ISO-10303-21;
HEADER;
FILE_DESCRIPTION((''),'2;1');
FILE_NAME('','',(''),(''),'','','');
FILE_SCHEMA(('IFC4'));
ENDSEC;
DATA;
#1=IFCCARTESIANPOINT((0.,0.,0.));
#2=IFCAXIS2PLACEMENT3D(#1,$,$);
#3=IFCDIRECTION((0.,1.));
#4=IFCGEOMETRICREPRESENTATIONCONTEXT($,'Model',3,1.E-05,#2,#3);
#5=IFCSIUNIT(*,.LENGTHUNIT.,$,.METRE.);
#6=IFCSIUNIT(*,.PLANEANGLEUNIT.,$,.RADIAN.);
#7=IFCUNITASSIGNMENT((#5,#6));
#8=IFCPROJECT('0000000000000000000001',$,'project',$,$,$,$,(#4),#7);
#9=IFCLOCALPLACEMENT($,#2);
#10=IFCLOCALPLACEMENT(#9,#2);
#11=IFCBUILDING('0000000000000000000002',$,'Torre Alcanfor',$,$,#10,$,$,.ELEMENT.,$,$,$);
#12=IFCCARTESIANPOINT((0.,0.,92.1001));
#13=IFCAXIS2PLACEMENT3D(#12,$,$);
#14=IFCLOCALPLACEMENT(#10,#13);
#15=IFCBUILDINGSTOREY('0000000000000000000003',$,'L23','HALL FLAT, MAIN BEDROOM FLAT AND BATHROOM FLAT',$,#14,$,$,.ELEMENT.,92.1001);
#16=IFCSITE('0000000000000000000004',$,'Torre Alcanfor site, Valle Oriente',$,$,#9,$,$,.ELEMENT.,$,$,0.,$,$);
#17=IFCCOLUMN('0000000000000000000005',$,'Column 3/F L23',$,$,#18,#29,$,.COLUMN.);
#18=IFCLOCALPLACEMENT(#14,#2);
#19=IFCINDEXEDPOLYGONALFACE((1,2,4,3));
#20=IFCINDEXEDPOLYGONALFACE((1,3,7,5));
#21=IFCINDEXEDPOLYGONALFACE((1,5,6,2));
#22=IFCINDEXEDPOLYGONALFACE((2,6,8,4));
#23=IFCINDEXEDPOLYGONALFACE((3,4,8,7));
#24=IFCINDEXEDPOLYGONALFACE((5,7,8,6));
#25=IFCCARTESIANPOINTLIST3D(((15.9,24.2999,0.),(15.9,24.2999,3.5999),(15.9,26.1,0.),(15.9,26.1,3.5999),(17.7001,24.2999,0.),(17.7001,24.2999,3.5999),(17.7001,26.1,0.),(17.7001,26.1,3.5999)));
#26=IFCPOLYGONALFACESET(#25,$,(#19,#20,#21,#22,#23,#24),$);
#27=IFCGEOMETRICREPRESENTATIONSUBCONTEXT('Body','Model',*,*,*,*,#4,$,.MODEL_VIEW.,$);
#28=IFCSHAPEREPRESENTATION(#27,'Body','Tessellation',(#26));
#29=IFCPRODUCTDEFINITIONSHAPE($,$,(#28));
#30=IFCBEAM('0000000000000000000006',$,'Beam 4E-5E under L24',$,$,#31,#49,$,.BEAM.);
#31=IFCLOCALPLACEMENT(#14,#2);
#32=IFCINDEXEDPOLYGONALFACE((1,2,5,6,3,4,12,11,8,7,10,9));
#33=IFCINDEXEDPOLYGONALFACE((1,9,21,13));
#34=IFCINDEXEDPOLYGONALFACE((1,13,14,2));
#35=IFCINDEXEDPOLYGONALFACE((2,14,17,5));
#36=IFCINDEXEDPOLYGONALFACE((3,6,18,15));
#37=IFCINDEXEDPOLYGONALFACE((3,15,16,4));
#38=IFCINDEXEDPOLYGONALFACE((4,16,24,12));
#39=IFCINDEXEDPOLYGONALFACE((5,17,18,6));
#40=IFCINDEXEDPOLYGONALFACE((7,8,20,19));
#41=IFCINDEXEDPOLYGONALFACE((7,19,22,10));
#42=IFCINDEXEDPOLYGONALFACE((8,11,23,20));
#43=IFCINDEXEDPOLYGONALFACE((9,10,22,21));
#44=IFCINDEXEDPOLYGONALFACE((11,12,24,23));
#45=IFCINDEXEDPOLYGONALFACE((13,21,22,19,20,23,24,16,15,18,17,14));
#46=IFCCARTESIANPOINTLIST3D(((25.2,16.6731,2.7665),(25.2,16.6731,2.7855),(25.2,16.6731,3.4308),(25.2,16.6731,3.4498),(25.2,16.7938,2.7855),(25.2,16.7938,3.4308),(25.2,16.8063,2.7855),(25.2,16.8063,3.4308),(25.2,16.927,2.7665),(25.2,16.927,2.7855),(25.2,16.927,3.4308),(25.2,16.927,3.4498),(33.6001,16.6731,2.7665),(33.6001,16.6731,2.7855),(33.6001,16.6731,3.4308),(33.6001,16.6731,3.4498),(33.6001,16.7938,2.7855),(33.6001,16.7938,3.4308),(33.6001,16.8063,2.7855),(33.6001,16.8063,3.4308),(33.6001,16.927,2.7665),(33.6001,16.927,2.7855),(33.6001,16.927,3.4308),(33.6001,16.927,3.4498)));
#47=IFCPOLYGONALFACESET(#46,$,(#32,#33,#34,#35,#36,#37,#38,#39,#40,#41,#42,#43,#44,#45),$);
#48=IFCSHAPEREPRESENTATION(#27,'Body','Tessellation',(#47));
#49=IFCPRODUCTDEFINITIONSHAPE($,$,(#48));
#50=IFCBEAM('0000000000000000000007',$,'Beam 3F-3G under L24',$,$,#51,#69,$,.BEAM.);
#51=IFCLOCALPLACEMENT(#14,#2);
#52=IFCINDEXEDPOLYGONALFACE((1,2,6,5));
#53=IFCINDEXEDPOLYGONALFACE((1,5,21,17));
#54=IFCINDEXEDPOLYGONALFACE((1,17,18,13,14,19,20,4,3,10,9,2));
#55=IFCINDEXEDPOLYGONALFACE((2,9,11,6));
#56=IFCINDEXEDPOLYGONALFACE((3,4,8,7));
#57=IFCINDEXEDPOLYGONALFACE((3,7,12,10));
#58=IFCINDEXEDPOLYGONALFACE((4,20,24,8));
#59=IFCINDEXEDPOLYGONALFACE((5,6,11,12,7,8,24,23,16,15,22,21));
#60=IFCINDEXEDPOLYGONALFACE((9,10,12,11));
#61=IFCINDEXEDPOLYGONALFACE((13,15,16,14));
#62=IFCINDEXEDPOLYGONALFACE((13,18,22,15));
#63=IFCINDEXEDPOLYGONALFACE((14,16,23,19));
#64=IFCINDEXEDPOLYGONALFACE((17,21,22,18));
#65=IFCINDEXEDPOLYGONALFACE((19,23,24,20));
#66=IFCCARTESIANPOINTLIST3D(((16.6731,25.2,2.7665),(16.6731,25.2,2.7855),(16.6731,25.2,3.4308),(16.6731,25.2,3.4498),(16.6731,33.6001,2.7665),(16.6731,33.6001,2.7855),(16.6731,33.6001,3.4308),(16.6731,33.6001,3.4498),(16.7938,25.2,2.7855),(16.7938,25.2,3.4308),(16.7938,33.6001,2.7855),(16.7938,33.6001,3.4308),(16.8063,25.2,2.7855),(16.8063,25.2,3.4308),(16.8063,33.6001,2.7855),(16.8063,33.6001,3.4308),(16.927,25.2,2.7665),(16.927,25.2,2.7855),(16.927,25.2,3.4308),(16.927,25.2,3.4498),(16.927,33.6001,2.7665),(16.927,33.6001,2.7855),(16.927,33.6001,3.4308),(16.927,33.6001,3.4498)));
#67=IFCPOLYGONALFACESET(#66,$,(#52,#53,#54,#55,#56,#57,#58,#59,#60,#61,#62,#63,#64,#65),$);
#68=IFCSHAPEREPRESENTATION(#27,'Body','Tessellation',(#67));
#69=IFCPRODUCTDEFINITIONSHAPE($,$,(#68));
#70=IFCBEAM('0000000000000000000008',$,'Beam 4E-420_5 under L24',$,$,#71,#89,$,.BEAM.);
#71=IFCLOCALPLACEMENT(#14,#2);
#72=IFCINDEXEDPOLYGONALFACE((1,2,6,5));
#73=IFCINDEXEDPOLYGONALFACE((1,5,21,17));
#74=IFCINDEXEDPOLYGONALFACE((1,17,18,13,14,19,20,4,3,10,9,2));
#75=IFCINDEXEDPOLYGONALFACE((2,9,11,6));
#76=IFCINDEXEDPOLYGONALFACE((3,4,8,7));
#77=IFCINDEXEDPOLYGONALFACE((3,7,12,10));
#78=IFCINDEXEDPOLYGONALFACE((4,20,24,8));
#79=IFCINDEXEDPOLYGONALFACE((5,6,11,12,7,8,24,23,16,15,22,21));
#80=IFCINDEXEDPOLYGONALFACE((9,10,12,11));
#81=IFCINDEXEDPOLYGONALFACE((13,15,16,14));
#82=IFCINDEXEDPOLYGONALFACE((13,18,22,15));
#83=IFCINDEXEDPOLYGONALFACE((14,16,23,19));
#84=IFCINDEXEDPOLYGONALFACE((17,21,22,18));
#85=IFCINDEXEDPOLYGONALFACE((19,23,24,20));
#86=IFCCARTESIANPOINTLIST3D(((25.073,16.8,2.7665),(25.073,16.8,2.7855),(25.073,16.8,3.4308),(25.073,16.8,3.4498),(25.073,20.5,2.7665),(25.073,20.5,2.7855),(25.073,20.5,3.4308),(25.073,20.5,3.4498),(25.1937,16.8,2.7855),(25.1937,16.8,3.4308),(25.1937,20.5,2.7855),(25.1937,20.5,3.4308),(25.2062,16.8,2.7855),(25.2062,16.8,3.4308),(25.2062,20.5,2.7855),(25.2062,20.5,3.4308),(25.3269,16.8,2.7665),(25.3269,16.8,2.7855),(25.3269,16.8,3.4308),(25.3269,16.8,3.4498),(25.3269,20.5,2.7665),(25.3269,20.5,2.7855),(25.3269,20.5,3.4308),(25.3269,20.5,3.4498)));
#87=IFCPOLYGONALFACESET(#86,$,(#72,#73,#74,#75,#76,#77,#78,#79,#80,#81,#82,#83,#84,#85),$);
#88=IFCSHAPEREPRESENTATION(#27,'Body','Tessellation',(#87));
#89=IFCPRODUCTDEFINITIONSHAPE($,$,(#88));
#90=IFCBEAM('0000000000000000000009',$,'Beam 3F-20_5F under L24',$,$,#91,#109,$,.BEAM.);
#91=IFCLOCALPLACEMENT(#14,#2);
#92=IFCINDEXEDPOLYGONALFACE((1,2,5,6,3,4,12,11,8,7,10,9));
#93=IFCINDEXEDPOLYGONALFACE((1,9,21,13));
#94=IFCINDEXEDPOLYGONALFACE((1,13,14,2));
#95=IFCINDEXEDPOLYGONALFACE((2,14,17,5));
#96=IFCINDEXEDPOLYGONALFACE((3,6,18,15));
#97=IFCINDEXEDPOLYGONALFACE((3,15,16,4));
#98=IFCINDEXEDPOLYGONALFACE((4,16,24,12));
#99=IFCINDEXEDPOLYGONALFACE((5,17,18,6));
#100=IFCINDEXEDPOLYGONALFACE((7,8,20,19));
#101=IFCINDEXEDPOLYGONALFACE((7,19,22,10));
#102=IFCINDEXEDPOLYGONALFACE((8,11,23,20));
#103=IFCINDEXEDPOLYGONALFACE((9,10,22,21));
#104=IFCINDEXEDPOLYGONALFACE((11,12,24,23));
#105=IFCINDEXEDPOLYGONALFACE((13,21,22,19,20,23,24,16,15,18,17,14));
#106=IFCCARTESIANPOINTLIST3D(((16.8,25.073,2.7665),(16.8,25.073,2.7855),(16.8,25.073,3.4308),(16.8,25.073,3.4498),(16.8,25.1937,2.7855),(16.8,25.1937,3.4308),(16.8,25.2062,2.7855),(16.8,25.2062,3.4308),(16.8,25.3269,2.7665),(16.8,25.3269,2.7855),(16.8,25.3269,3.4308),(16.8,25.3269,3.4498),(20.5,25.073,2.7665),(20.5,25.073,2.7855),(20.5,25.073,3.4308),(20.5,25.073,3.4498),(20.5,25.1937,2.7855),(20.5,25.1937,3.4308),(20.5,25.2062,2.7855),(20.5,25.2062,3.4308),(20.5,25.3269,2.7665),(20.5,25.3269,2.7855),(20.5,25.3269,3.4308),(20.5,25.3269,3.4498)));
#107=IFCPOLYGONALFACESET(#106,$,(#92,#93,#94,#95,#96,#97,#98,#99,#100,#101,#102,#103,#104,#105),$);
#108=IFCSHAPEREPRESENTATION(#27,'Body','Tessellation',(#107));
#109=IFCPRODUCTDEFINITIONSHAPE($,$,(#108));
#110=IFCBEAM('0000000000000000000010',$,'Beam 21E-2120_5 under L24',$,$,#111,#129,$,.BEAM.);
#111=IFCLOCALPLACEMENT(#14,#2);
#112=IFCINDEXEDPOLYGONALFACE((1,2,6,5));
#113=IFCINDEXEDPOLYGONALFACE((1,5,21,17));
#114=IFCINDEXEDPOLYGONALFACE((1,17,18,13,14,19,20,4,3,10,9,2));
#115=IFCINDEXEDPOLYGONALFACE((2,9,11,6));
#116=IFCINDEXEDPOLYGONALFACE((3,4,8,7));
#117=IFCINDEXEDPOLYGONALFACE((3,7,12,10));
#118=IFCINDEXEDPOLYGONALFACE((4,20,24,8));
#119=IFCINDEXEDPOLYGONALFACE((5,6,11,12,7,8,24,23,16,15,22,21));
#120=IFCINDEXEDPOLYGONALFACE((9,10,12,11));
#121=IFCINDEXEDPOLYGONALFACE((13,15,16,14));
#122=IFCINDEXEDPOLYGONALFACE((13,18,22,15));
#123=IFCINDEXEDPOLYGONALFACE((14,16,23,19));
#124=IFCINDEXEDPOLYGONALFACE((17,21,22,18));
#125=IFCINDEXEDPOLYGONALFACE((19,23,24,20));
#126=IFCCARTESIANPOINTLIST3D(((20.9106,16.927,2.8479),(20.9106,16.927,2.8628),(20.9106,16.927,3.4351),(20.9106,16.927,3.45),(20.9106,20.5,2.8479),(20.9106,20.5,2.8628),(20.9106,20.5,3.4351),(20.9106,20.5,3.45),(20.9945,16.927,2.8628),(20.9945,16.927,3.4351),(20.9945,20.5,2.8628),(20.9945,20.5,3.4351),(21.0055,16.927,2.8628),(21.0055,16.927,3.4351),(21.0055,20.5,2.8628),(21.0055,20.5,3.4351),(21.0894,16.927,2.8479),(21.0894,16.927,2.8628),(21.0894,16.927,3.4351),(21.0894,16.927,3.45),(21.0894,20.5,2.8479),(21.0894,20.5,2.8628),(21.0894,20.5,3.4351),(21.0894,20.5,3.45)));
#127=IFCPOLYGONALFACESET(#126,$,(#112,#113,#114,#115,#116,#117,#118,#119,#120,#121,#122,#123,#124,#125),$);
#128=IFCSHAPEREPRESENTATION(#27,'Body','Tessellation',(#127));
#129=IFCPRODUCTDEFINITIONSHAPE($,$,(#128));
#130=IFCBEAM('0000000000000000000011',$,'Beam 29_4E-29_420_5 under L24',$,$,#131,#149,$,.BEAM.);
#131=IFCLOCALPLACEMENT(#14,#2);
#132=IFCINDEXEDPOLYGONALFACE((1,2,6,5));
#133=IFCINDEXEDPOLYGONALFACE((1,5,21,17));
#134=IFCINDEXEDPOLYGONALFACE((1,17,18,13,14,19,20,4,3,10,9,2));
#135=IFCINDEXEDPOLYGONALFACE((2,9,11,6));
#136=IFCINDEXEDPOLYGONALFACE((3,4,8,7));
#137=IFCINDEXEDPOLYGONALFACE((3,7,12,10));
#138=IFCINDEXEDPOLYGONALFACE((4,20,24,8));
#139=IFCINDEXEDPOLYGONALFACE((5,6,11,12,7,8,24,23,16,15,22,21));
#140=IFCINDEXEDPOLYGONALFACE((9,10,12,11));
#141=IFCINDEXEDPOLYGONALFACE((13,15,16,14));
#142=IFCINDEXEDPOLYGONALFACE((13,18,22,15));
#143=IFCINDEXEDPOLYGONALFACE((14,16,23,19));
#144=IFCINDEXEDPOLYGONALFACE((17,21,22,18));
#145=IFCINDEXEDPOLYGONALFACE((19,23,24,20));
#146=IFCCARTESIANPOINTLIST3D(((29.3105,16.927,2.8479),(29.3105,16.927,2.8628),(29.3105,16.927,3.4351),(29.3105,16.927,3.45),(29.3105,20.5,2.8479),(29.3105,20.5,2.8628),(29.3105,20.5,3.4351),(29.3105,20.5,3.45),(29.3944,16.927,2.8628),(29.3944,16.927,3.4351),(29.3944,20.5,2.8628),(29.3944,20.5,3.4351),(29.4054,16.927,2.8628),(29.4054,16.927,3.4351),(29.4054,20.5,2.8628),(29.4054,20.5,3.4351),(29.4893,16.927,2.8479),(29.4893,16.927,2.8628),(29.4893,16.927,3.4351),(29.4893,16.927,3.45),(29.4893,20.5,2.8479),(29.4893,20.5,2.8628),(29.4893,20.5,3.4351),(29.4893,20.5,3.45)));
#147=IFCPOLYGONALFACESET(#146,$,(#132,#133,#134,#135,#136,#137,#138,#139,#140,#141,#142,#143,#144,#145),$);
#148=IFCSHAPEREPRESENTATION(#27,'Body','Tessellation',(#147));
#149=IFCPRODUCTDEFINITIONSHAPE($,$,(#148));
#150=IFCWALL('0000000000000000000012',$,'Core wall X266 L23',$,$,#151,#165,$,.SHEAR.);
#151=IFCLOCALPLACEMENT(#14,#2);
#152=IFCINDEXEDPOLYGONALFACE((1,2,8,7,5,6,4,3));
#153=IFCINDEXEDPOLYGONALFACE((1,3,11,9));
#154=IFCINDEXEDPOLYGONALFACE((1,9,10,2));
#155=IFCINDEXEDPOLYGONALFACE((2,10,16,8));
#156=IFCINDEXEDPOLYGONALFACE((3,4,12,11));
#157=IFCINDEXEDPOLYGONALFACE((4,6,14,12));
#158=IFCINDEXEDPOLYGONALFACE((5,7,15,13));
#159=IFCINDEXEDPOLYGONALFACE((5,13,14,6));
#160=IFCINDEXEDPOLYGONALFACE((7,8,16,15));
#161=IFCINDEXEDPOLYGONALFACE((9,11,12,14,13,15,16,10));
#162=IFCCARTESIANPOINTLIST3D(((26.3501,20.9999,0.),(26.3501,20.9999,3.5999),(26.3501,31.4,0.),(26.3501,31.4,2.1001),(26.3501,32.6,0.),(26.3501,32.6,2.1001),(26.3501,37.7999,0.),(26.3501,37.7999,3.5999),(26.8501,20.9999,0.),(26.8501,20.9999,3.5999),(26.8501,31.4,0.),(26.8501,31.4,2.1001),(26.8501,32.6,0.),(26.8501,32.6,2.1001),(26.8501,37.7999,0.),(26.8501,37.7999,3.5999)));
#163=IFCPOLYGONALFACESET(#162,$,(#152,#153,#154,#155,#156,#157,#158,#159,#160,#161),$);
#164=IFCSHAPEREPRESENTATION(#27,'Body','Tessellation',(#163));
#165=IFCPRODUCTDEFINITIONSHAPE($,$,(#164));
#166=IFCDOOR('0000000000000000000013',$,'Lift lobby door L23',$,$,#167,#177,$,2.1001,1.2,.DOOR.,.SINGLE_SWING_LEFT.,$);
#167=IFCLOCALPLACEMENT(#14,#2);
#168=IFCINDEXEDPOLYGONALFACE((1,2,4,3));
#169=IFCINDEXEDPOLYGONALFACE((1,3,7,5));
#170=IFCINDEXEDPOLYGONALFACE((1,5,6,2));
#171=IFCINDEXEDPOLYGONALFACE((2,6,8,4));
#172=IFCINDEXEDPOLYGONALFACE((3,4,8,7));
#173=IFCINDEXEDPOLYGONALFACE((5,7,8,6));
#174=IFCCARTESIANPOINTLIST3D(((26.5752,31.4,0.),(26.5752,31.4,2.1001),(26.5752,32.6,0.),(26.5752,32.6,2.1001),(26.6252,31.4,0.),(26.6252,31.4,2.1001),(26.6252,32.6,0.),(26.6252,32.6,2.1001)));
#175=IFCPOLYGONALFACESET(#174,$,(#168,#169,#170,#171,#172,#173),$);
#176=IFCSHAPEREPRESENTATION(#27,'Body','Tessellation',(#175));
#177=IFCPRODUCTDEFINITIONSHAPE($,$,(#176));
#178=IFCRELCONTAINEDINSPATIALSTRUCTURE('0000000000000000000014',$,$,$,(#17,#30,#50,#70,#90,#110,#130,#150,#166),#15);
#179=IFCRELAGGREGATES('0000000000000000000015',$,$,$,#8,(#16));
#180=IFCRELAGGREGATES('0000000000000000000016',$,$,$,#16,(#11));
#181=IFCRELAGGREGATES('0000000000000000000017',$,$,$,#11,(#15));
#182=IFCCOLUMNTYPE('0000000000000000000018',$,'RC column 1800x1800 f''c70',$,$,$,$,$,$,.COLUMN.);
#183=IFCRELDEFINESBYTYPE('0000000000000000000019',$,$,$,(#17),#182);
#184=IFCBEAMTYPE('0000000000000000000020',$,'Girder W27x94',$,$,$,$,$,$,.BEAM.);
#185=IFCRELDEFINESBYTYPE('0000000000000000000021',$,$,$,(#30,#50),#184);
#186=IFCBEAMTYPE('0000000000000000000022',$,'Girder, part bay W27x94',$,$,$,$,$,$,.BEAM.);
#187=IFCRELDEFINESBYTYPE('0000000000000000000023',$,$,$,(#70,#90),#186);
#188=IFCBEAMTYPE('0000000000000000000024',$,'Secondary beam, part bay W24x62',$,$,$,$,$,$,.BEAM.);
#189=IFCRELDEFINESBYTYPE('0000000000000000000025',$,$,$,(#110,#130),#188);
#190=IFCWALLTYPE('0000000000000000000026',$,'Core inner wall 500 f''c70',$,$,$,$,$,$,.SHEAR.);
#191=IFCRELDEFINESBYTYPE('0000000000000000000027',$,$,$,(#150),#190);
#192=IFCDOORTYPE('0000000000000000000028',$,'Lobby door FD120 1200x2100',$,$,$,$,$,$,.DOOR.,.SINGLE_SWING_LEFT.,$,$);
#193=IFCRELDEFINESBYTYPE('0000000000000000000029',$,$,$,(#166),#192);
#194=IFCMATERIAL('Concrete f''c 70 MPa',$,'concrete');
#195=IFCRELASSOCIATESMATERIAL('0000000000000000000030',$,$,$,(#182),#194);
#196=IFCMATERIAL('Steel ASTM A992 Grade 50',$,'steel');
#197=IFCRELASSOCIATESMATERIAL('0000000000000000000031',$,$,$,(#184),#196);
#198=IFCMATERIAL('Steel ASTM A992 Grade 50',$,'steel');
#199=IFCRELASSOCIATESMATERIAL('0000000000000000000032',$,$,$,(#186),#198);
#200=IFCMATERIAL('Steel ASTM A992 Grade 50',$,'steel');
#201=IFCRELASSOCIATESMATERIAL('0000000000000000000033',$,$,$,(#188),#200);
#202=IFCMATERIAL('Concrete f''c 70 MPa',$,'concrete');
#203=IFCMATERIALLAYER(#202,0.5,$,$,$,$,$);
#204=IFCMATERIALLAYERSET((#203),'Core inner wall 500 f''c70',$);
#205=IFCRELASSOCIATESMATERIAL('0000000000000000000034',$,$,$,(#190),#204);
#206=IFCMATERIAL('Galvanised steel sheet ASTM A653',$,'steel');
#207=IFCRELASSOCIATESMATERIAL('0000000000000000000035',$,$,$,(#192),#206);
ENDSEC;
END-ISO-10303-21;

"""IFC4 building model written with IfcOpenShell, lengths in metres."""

from ifc_helpers import new_model, si_unit, direction, frame, frame_2d, origin, origin_2d, place, context, subcontext, project, spatial, rectangle, i_section, extrude, material, layer, layer_set, material_profile, profile_set, type_object, element, fill, save


model = new_model("IFC4")

# Units and contexts
model_context = context("Model", 3, precision=1e-05, world=origin(), true_north=direction((0.0, 1.0)))
body_context = subcontext(model_context, "Body", "Model", "MODEL_VIEW")
ifc_project = project(units=[si_unit("LENGTHUNIT", "METRE"), si_unit("PLANEANGLEUNIT", "RADIAN")], contexts=[model_context])

# Site, building, storey
site_placement = place(None, origin())
site = spatial("IfcSite", under=ifc_project, at=site_placement, Name="Torre Alcanfor site, Valle Oriente", CompositionType="ELEMENT", RefElevation=0.0)
building_placement = place(site_placement, origin())
building = spatial("IfcBuilding", under=site, at=building_placement, Name="Torre Alcanfor", CompositionType="ELEMENT")
storey_placement = place(building_placement, frame((0.0, 0.0, 92.1001)))
storey = spatial("IfcBuildingStorey", under=building, at=storey_placement, Name="L23", Description="HALL FLAT, MAIN BEDROOM FLAT AND BATHROOM FLAT", CompositionType="ELEMENT", Elevation=92.1001)

# Column
ifc_material_1 = material(Name="Concrete f'c 70 MPa", Category="concrete")
ifc_material_profile_1 = material_profile(ifc_material_1, rectangle(XDim=1.8, YDim=1.8, at=origin_2d()), Name="1800x1800")
ifc_profile_set_1 = profile_set([ifc_material_profile_1], Name="Concrete f'c 70 MPa")
column_type = type_object("IfcColumnType", Name="RC column 1800x1800 f'c70", PredefinedType="COLUMN", material=ifc_profile_set_1)
column_placement = place(storey_placement, frame((16.8, 25.2, 0.0), z_axis=(0.0, 0.0, 1.0), x_axis=(1.0, 0.0, 0.0)))
element("IfcColumn", 1, at=column_placement, inside=storey, type_object=column_type, Name="Column 3/F L23", PredefinedType="COLUMN", context=body_context, shape_type="SweptSolid", body=[
    extrude(rectangle(XDim=1.8, YDim=1.8, at=origin_2d()), origin(), (0.0, 0.0, 1.0), 3.5999),
])

# Beams
ifc_material_2 = material(Name="Steel ASTM A992 Grade 50", Category="steel")
ifc_material_profile_2 = material_profile(ifc_material_2, i_section(OverallWidth=0.2539, OverallDepth=0.6833, WebThickness=0.0125, FlangeThickness=0.019, at=origin_2d()), Name="W27x94")
ifc_profile_set_2 = profile_set([ifc_material_profile_2], Name="Steel ASTM A992 Grade 50")
beam_type_1 = type_object("IfcBeamType", Name="Girder W27x94", PredefinedType="BEAM", material=ifc_profile_set_2)
for number, where, z_axis, x_axis, name in (
    (2, (25.2, 16.8, 3.1082), (1.0, 0.0, 0.0), (0.0, 1.0, 0.0), "Beam 4E-5E under L24"),
    (3, (16.8, 25.2, 3.1082), (0.0, 1.0, 0.0), (-1.0, 0.0, 0.0), "Beam 3F-3G under L24"),
):
    element("IfcBeam", number, at=place(storey_placement, frame(where, z_axis=z_axis, x_axis=x_axis)), inside=storey, type_object=beam_type_1, Name=name, PredefinedType="BEAM", context=body_context, shape_type="SweptSolid", body=[
        extrude(i_section(OverallWidth=0.2539, OverallDepth=0.6833, WebThickness=0.0125, FlangeThickness=0.019, at=origin_2d()), origin(), (0.0, 0.0, 1.0), 8.4001),
    ])
ifc_material_3 = material(Name="Steel ASTM A992 Grade 50", Category="steel")
ifc_material_profile_3 = material_profile(ifc_material_3, i_section(OverallWidth=0.2539, OverallDepth=0.6833, WebThickness=0.0125, FlangeThickness=0.019, at=origin_2d()), Name="W27x94")
ifc_profile_set_3 = profile_set([ifc_material_profile_3], Name="Steel ASTM A992 Grade 50")
beam_type_2 = type_object("IfcBeamType", Name="Girder, part bay W27x94", PredefinedType="BEAM", material=ifc_profile_set_3)
for number, where, z_axis, x_axis, name in (
    (4, (25.2, 16.8, 3.1082), (0.0, 1.0, 0.0), (-1.0, 0.0, 0.0), "Beam 4E-420_5 under L24"),
    (5, (16.8, 25.2, 3.1082), (1.0, 0.0, 0.0), (0.0, 1.0, 0.0), "Beam 3F-20_5F under L24"),
):
    element("IfcBeam", number, at=place(storey_placement, frame(where, z_axis=z_axis, x_axis=x_axis)), inside=storey, type_object=beam_type_2, Name=name, PredefinedType="BEAM", context=body_context, shape_type="SweptSolid", body=[
        extrude(i_section(OverallWidth=0.2539, OverallDepth=0.6833, WebThickness=0.0125, FlangeThickness=0.019, at=origin_2d()), origin(), (0.0, 0.0, 1.0), 3.7),
    ])
ifc_material_4 = material(Name="Steel ASTM A992 Grade 50", Category="steel")
ifc_material_profile_4 = material_profile(ifc_material_4, i_section(OverallWidth=0.1787, OverallDepth=0.6021, WebThickness=0.011, FlangeThickness=0.0149, at=origin_2d()), Name="W24x62")
ifc_profile_set_4 = profile_set([ifc_material_profile_4], Name="Steel ASTM A992 Grade 50")
beam_type_3 = type_object("IfcBeamType", Name="Secondary beam, part bay W24x62", PredefinedType="BEAM", material=ifc_profile_set_4)
for number, where, z_axis, x_axis, name in (
    (6, (21.0, 16.927, 3.1489), (0.0, 1.0, 0.0), (-1.0, 0.0, 0.0), "Beam 21E-2120_5 under L24"),
    (7, (29.3999, 16.927, 3.1489), (0.0, 1.0, 0.0), (-1.0, 0.0, 0.0), "Beam 29_4E-29_420_5 under L24"),
):
    element("IfcBeam", number, at=place(storey_placement, frame(where, z_axis=z_axis, x_axis=x_axis)), inside=storey, type_object=beam_type_3, Name=name, PredefinedType="BEAM", context=body_context, shape_type="SweptSolid", body=[
        extrude(i_section(OverallWidth=0.1787, OverallDepth=0.6021, WebThickness=0.011, FlangeThickness=0.0149, at=origin_2d()), origin(), (0.0, 0.0, 1.0), 3.573),
    ])

# Wall, opening, door
ifc_material_5 = material(Name="Concrete f'c 70 MPa", Category="concrete")
ifc_layer_1 = layer(ifc_material_5, 0.5)
ifc_layer_set_1 = layer_set([ifc_layer_1], Name="Core inner wall 500 f'c70")
wall_type_1 = type_object("IfcWallType", Name="Core inner wall 500 f'c70", PredefinedType="SHEAR", material=ifc_layer_set_1)
wall_1_placement = place(storey_placement, frame((26.6001, 21.0, 0.0), z_axis=(0.0, 0.0, 1.0), x_axis=(0.0, 1.0, 0.0)))
wall_1 = element("IfcWall", 8, at=wall_1_placement, inside=storey, type_object=wall_type_1, Name="Core wall X266 L23", PredefinedType="SHEAR", context=body_context, shape_type="SweptSolid", body=[
    extrude(rectangle(XDim=16.8, YDim=0.5, at=frame_2d((8.3999, 0.0))), origin(), (0.0, 0.0, 1.0), 3.5999),
])
opening_1_placement = place(wall_1_placement, frame((10.3999, 0.0, 0.0)))
opening_1 = element("IfcOpeningElement", 9, at=opening_1_placement, cuts=wall_1, PredefinedType="OPENING", context=body_context, shape_type="SweptSolid", body=[
    extrude(rectangle(XDim=1.2, YDim=2.1001, at=frame_2d((0.6001, 1.05))), frame((0.0, 0.26, 0.0), z_axis=(0.0, -1.0, 0.0), x_axis=(1.0, 0.0, 0.0)), (0.0, 0.0, 1.0), 0.52),
])
ifc_material_6 = material(Name="Galvanised steel sheet ASTM A653", Category="steel")
door_type_1 = type_object("IfcDoorType", Name="Lobby door FD120 1200x2100", OperationType="SINGLE_SWING_LEFT", PredefinedType="DOOR", material=ifc_material_6)
door_1_placement = place(opening_1_placement, origin())
door_1 = element("IfcDoor", 10, at=door_1_placement, inside=storey, type_object=door_type_1, Name="Lift lobby door L23", OperationType="SINGLE_SWING_LEFT", OverallHeight=2.1001, OverallWidth=1.2, PredefinedType="DOOR", context=body_context, shape_type="SweptSolid", body=[
    extrude(rectangle(XDim=1.2, YDim=2.1001, at=frame_2d((0.6001, 1.05))), frame((0.0, 0.0249, 0.0), z_axis=(0.0, -1.0, 0.0), x_axis=(1.0, 0.0, 0.0)), (0.0, 0.0, 1.0), 0.05),
])
fill(opening_1, door_1)

save(model, "model.ifc")
